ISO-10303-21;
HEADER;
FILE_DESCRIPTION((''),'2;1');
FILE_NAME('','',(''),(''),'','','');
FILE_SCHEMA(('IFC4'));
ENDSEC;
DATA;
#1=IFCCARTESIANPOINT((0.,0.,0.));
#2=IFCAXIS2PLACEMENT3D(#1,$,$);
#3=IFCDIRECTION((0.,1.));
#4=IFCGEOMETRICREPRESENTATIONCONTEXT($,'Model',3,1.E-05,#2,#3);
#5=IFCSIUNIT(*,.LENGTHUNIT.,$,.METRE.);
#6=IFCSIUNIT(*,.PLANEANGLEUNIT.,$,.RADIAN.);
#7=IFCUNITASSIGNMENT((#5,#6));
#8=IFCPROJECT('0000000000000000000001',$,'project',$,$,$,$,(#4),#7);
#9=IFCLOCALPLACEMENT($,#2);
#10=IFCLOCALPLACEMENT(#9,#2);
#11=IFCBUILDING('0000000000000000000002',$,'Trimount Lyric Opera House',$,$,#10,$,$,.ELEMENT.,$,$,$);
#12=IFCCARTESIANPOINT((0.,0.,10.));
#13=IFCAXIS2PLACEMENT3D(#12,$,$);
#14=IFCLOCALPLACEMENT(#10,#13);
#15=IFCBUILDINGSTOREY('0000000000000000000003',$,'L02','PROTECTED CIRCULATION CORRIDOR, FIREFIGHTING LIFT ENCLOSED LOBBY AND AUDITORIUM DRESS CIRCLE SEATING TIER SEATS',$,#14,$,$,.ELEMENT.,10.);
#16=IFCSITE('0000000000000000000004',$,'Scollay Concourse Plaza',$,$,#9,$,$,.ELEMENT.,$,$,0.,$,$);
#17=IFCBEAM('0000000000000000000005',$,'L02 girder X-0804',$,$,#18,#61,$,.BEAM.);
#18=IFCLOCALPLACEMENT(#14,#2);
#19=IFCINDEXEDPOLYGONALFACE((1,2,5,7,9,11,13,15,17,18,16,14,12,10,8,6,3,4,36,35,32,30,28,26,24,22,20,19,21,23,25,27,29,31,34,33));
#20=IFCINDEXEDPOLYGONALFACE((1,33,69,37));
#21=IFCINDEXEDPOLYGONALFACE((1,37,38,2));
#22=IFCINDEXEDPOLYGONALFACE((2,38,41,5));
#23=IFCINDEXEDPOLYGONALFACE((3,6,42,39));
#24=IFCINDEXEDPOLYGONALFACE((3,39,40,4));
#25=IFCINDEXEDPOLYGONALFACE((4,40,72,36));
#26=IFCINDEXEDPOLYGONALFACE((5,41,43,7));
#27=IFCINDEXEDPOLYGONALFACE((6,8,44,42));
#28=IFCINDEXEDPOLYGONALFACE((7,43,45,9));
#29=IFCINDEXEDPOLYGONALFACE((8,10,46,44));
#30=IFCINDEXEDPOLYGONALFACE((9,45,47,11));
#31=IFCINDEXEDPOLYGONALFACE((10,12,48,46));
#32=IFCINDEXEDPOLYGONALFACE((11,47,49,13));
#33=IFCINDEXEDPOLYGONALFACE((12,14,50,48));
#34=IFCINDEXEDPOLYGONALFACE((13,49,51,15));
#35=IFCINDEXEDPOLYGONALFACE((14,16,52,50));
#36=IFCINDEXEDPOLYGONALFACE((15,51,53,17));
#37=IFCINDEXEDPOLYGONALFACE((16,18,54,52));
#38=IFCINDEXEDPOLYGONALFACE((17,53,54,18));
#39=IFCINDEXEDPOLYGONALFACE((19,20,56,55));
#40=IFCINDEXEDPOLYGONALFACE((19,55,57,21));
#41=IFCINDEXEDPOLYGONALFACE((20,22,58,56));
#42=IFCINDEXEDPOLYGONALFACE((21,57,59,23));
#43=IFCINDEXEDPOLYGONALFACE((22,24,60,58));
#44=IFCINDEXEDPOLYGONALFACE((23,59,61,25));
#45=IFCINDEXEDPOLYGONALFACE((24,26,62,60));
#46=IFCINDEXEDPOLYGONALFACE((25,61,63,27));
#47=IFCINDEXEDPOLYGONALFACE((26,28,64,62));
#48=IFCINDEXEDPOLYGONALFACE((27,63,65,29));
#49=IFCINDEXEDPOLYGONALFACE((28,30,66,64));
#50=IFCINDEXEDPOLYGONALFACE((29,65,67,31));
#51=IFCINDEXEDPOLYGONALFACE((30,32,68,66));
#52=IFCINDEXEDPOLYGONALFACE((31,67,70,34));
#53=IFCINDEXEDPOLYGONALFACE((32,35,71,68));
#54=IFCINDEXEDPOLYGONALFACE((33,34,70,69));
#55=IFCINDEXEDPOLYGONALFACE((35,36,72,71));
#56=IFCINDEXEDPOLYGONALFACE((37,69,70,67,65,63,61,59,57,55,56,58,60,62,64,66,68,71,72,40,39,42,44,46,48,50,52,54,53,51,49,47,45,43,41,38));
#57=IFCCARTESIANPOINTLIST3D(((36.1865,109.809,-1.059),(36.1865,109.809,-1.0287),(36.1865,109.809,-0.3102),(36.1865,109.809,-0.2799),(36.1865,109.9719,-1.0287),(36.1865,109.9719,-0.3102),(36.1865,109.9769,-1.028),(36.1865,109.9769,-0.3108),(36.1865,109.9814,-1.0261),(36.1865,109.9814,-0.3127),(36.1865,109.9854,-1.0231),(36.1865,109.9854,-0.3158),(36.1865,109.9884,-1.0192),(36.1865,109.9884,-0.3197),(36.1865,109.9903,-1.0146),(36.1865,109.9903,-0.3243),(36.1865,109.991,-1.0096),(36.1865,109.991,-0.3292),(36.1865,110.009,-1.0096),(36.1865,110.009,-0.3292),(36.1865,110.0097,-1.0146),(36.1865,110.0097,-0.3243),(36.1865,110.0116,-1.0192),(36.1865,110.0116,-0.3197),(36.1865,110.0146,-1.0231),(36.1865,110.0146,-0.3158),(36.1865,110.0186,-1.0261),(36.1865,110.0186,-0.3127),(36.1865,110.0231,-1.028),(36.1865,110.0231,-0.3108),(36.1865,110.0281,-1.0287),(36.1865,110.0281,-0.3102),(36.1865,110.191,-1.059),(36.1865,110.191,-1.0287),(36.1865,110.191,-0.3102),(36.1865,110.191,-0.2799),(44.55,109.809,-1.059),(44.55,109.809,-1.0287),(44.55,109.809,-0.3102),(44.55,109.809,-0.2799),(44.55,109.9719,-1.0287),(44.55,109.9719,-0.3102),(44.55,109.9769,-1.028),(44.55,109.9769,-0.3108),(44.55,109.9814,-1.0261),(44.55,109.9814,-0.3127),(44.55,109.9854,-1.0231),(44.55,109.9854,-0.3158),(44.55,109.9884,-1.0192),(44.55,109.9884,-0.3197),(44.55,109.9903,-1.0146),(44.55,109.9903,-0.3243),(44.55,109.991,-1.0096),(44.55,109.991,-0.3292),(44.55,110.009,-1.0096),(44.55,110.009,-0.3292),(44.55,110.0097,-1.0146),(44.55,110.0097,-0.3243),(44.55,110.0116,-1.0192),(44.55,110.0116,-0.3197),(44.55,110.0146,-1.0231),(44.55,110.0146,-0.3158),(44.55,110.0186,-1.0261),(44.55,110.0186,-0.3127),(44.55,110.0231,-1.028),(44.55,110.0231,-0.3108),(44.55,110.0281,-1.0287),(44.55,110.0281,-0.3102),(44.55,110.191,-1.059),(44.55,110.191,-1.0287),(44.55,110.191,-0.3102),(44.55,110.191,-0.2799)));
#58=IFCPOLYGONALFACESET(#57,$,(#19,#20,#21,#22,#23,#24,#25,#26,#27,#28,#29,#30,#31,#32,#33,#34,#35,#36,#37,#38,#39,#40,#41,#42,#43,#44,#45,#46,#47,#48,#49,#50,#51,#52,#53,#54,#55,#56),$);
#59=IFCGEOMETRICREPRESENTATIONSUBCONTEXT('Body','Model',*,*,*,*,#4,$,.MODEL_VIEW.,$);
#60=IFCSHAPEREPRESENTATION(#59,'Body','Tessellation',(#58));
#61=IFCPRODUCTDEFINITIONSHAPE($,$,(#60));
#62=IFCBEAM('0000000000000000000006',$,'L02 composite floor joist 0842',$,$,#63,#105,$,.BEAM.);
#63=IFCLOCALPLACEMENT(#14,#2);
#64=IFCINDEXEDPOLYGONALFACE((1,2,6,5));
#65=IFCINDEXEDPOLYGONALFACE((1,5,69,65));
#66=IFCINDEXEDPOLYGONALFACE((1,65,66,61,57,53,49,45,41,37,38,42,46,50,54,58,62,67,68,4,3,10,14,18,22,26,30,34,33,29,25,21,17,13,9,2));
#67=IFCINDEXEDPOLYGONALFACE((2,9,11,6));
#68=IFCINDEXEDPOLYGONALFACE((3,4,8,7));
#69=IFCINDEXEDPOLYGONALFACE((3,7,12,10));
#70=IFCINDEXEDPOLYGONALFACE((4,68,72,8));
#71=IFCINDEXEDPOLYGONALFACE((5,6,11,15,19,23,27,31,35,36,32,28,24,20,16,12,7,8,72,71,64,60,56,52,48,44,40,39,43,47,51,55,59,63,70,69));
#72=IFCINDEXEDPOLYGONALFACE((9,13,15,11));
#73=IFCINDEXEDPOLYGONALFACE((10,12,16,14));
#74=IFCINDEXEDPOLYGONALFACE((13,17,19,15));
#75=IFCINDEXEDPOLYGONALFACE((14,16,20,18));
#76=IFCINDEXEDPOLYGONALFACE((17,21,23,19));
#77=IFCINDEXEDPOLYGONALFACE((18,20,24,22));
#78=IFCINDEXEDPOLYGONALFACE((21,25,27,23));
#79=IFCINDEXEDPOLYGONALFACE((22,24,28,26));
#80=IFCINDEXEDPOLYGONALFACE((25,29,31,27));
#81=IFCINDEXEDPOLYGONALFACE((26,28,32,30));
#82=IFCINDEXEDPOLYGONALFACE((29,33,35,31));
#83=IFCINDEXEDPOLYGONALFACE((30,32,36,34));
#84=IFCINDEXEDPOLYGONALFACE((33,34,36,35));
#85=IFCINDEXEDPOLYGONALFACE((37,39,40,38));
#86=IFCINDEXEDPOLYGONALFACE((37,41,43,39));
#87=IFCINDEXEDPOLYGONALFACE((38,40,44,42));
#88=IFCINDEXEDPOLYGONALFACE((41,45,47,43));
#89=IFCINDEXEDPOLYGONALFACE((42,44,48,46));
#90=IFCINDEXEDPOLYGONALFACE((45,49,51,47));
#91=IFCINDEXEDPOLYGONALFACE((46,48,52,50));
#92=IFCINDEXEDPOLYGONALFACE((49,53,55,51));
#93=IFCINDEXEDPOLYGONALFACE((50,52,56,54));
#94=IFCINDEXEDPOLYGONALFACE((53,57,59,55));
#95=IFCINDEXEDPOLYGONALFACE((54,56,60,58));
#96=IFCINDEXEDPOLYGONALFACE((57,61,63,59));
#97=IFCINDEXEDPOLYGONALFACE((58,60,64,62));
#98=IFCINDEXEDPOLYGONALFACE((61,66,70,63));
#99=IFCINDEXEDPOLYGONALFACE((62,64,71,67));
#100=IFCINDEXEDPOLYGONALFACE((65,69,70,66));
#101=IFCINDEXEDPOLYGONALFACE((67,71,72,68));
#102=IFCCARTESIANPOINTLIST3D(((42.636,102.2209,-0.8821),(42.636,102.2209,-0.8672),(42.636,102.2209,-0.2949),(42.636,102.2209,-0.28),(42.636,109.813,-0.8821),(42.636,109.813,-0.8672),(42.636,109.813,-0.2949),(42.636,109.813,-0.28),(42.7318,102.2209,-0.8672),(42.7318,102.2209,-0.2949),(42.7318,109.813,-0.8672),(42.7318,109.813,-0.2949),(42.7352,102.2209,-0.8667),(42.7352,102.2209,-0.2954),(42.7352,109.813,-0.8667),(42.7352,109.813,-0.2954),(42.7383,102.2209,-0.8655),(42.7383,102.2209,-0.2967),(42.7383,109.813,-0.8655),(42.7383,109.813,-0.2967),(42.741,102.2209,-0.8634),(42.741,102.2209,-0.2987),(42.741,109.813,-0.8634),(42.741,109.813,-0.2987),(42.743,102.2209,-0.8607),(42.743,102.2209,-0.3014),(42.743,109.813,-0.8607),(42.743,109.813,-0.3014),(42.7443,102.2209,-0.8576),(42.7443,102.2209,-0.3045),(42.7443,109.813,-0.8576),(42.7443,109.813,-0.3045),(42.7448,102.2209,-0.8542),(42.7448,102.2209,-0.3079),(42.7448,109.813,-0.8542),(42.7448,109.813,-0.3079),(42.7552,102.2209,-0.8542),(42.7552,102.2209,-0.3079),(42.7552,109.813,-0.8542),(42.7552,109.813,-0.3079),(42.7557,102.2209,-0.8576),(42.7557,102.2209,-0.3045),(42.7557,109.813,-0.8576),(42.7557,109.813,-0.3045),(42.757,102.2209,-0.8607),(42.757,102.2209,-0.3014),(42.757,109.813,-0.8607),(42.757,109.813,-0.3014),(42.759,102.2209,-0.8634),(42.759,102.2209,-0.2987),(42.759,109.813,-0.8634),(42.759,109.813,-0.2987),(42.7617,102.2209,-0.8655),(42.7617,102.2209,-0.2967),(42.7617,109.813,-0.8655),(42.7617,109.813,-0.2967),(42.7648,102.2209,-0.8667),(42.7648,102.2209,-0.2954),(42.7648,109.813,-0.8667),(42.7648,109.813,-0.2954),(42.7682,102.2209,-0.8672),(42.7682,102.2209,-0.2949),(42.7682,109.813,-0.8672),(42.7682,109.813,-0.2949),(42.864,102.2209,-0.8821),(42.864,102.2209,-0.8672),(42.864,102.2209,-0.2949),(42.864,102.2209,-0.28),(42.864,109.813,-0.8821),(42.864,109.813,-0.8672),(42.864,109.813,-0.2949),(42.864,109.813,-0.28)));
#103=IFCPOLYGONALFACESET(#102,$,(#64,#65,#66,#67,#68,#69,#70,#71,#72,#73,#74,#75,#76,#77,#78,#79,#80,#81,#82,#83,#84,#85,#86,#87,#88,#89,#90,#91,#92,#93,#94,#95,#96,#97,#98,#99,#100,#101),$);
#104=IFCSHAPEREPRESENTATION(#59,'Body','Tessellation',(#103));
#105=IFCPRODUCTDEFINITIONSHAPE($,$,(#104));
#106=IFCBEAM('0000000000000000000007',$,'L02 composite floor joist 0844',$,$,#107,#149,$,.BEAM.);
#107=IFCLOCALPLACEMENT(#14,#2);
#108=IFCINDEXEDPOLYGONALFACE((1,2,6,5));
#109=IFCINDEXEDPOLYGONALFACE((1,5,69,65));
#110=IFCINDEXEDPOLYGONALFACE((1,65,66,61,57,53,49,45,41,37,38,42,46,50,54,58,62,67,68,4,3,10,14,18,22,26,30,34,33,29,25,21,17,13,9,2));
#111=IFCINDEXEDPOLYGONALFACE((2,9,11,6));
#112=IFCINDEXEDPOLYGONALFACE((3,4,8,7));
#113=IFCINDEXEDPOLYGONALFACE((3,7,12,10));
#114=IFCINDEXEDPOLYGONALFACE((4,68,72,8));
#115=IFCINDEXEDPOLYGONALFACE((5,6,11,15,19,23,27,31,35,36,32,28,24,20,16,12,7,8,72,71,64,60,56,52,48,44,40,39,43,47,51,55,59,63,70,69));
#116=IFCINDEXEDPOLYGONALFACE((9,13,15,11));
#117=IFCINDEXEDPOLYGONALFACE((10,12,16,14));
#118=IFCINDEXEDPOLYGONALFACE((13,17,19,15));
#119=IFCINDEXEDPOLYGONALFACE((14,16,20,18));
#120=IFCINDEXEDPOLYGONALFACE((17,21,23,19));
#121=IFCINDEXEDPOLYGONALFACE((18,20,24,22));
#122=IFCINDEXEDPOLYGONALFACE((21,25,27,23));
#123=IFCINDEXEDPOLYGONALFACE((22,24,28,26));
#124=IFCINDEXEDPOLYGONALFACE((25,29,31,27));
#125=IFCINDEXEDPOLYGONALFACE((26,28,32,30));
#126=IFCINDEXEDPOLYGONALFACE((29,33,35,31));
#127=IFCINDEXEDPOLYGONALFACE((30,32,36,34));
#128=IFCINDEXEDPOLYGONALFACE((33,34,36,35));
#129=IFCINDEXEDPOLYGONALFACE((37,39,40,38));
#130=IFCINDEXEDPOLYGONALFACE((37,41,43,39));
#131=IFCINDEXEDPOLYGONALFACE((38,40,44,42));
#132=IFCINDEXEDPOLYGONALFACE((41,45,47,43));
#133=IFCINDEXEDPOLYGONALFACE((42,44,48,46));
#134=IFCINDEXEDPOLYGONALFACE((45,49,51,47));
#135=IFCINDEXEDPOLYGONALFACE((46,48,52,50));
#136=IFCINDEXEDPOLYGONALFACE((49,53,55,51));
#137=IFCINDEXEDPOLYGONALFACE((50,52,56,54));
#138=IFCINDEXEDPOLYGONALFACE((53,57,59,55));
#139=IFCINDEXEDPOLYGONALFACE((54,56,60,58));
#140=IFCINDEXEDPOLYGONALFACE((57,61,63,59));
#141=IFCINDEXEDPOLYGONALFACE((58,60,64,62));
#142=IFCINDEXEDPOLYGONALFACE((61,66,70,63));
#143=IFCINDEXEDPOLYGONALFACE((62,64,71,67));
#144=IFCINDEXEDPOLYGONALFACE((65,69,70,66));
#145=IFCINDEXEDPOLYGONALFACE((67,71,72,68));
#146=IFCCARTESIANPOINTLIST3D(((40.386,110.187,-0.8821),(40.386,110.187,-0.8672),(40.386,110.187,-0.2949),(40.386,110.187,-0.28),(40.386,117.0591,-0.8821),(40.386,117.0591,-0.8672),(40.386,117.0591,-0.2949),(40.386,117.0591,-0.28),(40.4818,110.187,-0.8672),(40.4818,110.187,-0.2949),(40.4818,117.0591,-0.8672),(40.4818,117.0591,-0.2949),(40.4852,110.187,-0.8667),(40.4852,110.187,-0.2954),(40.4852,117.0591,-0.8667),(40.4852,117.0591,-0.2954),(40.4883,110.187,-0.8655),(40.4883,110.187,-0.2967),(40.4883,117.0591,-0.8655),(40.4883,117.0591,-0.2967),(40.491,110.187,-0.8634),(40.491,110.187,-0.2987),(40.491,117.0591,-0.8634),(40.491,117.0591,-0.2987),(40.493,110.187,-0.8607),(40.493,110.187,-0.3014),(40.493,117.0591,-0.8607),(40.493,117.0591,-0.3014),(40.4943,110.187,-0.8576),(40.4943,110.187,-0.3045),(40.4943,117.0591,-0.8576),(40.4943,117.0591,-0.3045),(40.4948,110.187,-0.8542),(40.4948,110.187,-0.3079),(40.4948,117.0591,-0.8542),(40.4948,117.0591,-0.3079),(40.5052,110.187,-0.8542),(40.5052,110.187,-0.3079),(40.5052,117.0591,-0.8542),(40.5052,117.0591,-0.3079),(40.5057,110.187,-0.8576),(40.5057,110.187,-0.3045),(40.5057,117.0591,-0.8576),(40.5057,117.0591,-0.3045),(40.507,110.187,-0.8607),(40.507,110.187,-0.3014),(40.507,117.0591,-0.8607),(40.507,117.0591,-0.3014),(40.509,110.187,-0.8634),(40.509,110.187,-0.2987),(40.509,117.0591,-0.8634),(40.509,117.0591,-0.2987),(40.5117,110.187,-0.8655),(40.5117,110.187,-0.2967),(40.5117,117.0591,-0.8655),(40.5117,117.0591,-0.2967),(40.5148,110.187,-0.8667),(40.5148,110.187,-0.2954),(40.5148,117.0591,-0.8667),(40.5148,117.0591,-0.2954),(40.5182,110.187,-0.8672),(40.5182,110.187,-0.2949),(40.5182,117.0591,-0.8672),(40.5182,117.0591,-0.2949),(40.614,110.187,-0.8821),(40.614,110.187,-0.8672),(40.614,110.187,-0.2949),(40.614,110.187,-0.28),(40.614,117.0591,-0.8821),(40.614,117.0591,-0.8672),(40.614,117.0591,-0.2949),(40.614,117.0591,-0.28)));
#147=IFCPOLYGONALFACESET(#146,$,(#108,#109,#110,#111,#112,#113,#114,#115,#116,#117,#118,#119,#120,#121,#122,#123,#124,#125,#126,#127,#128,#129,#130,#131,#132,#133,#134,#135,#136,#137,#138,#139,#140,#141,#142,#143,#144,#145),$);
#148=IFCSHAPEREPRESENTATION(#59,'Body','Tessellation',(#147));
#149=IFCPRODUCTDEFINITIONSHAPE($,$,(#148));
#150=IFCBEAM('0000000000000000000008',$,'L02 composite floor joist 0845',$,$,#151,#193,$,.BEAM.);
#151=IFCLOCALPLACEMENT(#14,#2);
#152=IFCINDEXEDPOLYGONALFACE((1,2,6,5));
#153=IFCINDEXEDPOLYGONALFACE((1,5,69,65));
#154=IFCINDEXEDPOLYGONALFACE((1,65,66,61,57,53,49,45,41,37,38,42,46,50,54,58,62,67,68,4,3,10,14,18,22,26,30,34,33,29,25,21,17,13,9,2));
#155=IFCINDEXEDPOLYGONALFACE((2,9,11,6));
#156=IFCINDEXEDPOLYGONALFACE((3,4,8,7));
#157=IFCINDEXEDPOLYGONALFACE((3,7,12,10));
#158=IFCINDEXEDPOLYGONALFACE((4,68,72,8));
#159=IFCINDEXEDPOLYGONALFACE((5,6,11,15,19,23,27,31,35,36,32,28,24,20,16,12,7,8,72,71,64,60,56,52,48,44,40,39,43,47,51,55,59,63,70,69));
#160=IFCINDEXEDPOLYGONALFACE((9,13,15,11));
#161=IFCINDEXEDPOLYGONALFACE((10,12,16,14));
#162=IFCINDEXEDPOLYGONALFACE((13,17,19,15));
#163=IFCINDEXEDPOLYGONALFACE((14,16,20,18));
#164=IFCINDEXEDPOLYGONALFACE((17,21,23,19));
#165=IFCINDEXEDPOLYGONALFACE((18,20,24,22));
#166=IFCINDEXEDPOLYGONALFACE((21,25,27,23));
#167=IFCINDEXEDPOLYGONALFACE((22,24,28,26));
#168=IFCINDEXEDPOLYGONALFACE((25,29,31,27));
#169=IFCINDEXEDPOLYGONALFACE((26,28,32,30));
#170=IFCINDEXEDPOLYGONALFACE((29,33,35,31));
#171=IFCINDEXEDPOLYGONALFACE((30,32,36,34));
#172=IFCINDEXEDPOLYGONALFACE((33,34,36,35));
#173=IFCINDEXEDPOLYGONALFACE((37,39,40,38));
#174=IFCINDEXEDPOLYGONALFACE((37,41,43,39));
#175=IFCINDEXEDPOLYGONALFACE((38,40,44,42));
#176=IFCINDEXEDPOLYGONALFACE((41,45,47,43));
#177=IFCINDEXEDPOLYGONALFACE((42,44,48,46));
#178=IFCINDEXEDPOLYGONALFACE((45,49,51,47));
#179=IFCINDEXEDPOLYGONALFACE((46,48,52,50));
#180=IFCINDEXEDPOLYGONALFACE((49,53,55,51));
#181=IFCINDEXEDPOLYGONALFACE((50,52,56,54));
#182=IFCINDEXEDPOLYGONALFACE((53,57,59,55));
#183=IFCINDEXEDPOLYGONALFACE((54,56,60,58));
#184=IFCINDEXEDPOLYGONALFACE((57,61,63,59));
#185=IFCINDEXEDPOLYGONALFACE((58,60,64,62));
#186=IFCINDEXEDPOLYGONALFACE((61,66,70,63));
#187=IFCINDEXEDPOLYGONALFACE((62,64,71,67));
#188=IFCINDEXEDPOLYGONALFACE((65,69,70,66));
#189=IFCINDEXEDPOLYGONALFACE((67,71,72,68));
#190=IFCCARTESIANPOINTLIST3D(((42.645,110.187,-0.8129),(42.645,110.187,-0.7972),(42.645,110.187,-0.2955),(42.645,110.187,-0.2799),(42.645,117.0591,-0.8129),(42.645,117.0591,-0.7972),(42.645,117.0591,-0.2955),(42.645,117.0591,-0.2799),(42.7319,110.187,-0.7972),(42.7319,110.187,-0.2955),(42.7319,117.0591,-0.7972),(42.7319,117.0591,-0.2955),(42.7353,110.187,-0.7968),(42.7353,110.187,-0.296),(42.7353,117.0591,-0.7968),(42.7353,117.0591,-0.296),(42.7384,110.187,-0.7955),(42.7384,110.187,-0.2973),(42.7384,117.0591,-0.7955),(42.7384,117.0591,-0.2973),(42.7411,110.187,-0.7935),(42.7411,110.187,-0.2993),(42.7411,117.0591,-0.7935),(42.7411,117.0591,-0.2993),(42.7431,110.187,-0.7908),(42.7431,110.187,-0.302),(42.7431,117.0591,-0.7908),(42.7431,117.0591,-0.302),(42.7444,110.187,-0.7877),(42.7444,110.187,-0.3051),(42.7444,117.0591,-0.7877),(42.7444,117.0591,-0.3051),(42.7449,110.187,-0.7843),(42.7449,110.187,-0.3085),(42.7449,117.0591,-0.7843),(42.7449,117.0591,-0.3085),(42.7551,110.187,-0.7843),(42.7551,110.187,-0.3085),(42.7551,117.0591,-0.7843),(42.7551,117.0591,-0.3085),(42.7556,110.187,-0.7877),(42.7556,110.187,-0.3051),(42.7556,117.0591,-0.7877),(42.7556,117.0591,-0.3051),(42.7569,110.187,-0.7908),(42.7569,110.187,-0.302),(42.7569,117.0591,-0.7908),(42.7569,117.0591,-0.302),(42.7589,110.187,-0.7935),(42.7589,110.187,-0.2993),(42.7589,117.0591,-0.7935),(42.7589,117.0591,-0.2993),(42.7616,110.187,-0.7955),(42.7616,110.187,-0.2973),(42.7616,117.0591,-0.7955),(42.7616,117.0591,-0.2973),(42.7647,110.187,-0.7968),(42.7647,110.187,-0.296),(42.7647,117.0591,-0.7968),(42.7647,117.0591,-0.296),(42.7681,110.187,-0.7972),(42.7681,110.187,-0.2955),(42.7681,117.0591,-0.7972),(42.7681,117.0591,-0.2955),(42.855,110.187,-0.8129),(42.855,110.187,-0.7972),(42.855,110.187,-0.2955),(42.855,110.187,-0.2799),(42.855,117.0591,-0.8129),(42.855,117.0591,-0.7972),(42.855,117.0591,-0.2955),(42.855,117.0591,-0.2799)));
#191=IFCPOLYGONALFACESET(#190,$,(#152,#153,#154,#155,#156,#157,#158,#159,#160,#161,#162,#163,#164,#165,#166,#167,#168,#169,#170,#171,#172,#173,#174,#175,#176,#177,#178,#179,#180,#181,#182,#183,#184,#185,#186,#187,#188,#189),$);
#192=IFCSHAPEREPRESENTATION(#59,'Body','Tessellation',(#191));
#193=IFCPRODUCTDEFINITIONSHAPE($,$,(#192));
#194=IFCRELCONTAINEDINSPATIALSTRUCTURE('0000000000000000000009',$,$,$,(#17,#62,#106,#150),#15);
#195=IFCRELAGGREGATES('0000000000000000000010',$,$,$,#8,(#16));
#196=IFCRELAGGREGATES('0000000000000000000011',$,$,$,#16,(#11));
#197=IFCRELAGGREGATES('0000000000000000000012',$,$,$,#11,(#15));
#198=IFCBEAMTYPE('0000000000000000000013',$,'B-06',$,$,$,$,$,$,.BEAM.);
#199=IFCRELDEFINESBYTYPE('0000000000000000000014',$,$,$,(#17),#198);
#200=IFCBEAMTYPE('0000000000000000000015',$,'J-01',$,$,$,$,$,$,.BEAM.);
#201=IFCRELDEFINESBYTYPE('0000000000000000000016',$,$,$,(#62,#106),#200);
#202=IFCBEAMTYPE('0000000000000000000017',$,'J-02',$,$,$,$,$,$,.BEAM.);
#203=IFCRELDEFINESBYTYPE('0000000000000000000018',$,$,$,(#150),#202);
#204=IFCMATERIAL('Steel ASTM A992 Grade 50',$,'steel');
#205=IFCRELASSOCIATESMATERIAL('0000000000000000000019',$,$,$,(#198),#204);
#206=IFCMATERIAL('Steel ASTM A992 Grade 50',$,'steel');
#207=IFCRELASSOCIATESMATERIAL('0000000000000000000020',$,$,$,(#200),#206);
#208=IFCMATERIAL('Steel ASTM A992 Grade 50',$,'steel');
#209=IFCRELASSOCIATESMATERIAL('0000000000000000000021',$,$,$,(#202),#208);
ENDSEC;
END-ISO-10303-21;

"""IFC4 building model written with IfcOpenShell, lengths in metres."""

from ifc_helpers import new_model, si_unit, direction, frame, origin, origin_2d, place, context, subcontext, project, spatial, i_section, extrude, material, material_profile, profile_set, type_object, element, save


model = new_model("IFC4")

# Units and contexts
model_context = context("Model", 3, precision=1e-05, world=origin(), true_north=direction((0.0, 1.0)))
body_context = subcontext(model_context, "Body", "Model", "MODEL_VIEW")
ifc_project = project(units=[si_unit("LENGTHUNIT", "METRE"), si_unit("PLANEANGLEUNIT", "RADIAN")], contexts=[model_context])

# Site, building, storey
site_placement = place(None, origin())
site = spatial("IfcSite", under=ifc_project, at=site_placement, Name="Scollay Concourse Plaza", CompositionType="ELEMENT", RefElevation=0.0)
building_placement = place(site_placement, origin())
building = spatial("IfcBuilding", under=site, at=building_placement, Name="Trimount Lyric Opera House", CompositionType="ELEMENT")
storey_placement = place(building_placement, frame((0.0, 0.0, 10.0)))
storey = spatial("IfcBuildingStorey", under=building, at=storey_placement, Name="L02", Description="PROTECTED CIRCULATION CORRIDOR, FIREFIGHTING LIFT ENCLOSED LOBBY AND AUDITORIUM DRESS CIRCLE SEATING TIER SEATS", CompositionType="ELEMENT", Elevation=10.0)

# Beams
ifc_material_1 = material(Name="Steel ASTM A992 Grade 50", Category="steel")
ifc_material_profile_1 = material_profile(ifc_material_1, i_section(OverallWidth=0.3821, OverallDepth=0.7791, WebThickness=0.0181, FlangeThickness=0.0303, FilletRadius=0.019, at=origin_2d()), Name="W30X191")
ifc_profile_set_1 = profile_set([ifc_material_profile_1], Name="Steel ASTM A992 Grade 50")
beam_type_1 = type_object("IfcBeamType", Name="B-06", PredefinedType="BEAM", material=ifc_profile_set_1)
beam_1_placement = place(storey_placement, frame((36.1865, 110.0, -0.6694), z_axis=(1.0, 0.0, 0.0), x_axis=(0.0, 1.0, 0.0)))
element("IfcBeam", 1, at=beam_1_placement, inside=storey, type_object=beam_type_1, Name="L02 girder X-0804", PredefinedType="BEAM", context=body_context, shape_type="SweptSolid", body=[
    extrude(i_section(OverallWidth=0.3821, OverallDepth=0.7791, WebThickness=0.0181, FlangeThickness=0.0303, FilletRadius=0.019, at=origin_2d()), origin(), (0.0, 0.0, 1.0), 8.3635),
])
ifc_material_2 = material(Name="Steel ASTM A992 Grade 50", Category="steel")
ifc_material_profile_2 = material_profile(ifc_material_2, i_section(OverallWidth=0.228, OverallDepth=0.6021, WebThickness=0.0105, FlangeThickness=0.0149, FilletRadius=0.0129, at=origin_2d()), Name="W24X68")
ifc_profile_set_2 = profile_set([ifc_material_profile_2], Name="Steel ASTM A992 Grade 50")
beam_type_2 = type_object("IfcBeamType", Name="J-01", PredefinedType="BEAM", material=ifc_profile_set_2)
beam_2_placement = place(storey_placement, frame((42.75, 102.2209, -0.5811), z_axis=(0.0, 1.0, 0.0), x_axis=(-1.0, 0.0, 0.0)))
element("IfcBeam", 2, at=beam_2_placement, inside=storey, type_object=beam_type_2, Name="L02 composite floor joist 0842", PredefinedType="BEAM", context=body_context, shape_type="SweptSolid", body=[
    extrude(i_section(OverallWidth=0.228, OverallDepth=0.6021, WebThickness=0.0105, FlangeThickness=0.0149, FilletRadius=0.0129, at=origin_2d()), origin(), (0.0, 0.0, 1.0), 7.592),
])
beam_3_placement = place(storey_placement, frame((40.5, 110.187, -0.5811), z_axis=(0.0, 1.0, 0.0), x_axis=(-1.0, 0.0, 0.0)))
element("IfcBeam", 3, at=beam_3_placement, inside=storey, type_object=beam_type_2, Name="L02 composite floor joist 0844", PredefinedType="BEAM", context=body_context, shape_type="SweptSolid", body=[
    extrude(i_section(OverallWidth=0.228, OverallDepth=0.6021, WebThickness=0.0105, FlangeThickness=0.0149, FilletRadius=0.0129, at=origin_2d()), origin(), (0.0, 0.0, 1.0), 6.8721),
])
ifc_material_3 = material(Name="Steel ASTM A992 Grade 50", Category="steel")
ifc_material_profile_3 = material_profile(ifc_material_3, i_section(OverallWidth=0.21, OverallDepth=0.533, WebThickness=0.0103, FlangeThickness=0.0156, FilletRadius=0.0129, at=origin_2d()), Name="W21X62")
ifc_profile_set_3 = profile_set([ifc_material_profile_3], Name="Steel ASTM A992 Grade 50")
beam_type_3 = type_object("IfcBeamType", Name="J-02", PredefinedType="BEAM", material=ifc_profile_set_3)
beam_4_placement = place(storey_placement, frame((42.75, 110.187, -0.5464), z_axis=(0.0, 1.0, 0.0), x_axis=(-1.0, 0.0, 0.0)))
element("IfcBeam", 4, at=beam_4_placement, inside=storey, type_object=beam_type_3, Name="L02 composite floor joist 0845", PredefinedType="BEAM", context=body_context, shape_type="SweptSolid", body=[
    extrude(i_section(OverallWidth=0.21, OverallDepth=0.533, WebThickness=0.0103, FlangeThickness=0.0156, FilletRadius=0.0129, at=origin_2d()), origin(), (0.0, 0.0, 1.0), 6.8721),
])

save(model, "model.ifc")
